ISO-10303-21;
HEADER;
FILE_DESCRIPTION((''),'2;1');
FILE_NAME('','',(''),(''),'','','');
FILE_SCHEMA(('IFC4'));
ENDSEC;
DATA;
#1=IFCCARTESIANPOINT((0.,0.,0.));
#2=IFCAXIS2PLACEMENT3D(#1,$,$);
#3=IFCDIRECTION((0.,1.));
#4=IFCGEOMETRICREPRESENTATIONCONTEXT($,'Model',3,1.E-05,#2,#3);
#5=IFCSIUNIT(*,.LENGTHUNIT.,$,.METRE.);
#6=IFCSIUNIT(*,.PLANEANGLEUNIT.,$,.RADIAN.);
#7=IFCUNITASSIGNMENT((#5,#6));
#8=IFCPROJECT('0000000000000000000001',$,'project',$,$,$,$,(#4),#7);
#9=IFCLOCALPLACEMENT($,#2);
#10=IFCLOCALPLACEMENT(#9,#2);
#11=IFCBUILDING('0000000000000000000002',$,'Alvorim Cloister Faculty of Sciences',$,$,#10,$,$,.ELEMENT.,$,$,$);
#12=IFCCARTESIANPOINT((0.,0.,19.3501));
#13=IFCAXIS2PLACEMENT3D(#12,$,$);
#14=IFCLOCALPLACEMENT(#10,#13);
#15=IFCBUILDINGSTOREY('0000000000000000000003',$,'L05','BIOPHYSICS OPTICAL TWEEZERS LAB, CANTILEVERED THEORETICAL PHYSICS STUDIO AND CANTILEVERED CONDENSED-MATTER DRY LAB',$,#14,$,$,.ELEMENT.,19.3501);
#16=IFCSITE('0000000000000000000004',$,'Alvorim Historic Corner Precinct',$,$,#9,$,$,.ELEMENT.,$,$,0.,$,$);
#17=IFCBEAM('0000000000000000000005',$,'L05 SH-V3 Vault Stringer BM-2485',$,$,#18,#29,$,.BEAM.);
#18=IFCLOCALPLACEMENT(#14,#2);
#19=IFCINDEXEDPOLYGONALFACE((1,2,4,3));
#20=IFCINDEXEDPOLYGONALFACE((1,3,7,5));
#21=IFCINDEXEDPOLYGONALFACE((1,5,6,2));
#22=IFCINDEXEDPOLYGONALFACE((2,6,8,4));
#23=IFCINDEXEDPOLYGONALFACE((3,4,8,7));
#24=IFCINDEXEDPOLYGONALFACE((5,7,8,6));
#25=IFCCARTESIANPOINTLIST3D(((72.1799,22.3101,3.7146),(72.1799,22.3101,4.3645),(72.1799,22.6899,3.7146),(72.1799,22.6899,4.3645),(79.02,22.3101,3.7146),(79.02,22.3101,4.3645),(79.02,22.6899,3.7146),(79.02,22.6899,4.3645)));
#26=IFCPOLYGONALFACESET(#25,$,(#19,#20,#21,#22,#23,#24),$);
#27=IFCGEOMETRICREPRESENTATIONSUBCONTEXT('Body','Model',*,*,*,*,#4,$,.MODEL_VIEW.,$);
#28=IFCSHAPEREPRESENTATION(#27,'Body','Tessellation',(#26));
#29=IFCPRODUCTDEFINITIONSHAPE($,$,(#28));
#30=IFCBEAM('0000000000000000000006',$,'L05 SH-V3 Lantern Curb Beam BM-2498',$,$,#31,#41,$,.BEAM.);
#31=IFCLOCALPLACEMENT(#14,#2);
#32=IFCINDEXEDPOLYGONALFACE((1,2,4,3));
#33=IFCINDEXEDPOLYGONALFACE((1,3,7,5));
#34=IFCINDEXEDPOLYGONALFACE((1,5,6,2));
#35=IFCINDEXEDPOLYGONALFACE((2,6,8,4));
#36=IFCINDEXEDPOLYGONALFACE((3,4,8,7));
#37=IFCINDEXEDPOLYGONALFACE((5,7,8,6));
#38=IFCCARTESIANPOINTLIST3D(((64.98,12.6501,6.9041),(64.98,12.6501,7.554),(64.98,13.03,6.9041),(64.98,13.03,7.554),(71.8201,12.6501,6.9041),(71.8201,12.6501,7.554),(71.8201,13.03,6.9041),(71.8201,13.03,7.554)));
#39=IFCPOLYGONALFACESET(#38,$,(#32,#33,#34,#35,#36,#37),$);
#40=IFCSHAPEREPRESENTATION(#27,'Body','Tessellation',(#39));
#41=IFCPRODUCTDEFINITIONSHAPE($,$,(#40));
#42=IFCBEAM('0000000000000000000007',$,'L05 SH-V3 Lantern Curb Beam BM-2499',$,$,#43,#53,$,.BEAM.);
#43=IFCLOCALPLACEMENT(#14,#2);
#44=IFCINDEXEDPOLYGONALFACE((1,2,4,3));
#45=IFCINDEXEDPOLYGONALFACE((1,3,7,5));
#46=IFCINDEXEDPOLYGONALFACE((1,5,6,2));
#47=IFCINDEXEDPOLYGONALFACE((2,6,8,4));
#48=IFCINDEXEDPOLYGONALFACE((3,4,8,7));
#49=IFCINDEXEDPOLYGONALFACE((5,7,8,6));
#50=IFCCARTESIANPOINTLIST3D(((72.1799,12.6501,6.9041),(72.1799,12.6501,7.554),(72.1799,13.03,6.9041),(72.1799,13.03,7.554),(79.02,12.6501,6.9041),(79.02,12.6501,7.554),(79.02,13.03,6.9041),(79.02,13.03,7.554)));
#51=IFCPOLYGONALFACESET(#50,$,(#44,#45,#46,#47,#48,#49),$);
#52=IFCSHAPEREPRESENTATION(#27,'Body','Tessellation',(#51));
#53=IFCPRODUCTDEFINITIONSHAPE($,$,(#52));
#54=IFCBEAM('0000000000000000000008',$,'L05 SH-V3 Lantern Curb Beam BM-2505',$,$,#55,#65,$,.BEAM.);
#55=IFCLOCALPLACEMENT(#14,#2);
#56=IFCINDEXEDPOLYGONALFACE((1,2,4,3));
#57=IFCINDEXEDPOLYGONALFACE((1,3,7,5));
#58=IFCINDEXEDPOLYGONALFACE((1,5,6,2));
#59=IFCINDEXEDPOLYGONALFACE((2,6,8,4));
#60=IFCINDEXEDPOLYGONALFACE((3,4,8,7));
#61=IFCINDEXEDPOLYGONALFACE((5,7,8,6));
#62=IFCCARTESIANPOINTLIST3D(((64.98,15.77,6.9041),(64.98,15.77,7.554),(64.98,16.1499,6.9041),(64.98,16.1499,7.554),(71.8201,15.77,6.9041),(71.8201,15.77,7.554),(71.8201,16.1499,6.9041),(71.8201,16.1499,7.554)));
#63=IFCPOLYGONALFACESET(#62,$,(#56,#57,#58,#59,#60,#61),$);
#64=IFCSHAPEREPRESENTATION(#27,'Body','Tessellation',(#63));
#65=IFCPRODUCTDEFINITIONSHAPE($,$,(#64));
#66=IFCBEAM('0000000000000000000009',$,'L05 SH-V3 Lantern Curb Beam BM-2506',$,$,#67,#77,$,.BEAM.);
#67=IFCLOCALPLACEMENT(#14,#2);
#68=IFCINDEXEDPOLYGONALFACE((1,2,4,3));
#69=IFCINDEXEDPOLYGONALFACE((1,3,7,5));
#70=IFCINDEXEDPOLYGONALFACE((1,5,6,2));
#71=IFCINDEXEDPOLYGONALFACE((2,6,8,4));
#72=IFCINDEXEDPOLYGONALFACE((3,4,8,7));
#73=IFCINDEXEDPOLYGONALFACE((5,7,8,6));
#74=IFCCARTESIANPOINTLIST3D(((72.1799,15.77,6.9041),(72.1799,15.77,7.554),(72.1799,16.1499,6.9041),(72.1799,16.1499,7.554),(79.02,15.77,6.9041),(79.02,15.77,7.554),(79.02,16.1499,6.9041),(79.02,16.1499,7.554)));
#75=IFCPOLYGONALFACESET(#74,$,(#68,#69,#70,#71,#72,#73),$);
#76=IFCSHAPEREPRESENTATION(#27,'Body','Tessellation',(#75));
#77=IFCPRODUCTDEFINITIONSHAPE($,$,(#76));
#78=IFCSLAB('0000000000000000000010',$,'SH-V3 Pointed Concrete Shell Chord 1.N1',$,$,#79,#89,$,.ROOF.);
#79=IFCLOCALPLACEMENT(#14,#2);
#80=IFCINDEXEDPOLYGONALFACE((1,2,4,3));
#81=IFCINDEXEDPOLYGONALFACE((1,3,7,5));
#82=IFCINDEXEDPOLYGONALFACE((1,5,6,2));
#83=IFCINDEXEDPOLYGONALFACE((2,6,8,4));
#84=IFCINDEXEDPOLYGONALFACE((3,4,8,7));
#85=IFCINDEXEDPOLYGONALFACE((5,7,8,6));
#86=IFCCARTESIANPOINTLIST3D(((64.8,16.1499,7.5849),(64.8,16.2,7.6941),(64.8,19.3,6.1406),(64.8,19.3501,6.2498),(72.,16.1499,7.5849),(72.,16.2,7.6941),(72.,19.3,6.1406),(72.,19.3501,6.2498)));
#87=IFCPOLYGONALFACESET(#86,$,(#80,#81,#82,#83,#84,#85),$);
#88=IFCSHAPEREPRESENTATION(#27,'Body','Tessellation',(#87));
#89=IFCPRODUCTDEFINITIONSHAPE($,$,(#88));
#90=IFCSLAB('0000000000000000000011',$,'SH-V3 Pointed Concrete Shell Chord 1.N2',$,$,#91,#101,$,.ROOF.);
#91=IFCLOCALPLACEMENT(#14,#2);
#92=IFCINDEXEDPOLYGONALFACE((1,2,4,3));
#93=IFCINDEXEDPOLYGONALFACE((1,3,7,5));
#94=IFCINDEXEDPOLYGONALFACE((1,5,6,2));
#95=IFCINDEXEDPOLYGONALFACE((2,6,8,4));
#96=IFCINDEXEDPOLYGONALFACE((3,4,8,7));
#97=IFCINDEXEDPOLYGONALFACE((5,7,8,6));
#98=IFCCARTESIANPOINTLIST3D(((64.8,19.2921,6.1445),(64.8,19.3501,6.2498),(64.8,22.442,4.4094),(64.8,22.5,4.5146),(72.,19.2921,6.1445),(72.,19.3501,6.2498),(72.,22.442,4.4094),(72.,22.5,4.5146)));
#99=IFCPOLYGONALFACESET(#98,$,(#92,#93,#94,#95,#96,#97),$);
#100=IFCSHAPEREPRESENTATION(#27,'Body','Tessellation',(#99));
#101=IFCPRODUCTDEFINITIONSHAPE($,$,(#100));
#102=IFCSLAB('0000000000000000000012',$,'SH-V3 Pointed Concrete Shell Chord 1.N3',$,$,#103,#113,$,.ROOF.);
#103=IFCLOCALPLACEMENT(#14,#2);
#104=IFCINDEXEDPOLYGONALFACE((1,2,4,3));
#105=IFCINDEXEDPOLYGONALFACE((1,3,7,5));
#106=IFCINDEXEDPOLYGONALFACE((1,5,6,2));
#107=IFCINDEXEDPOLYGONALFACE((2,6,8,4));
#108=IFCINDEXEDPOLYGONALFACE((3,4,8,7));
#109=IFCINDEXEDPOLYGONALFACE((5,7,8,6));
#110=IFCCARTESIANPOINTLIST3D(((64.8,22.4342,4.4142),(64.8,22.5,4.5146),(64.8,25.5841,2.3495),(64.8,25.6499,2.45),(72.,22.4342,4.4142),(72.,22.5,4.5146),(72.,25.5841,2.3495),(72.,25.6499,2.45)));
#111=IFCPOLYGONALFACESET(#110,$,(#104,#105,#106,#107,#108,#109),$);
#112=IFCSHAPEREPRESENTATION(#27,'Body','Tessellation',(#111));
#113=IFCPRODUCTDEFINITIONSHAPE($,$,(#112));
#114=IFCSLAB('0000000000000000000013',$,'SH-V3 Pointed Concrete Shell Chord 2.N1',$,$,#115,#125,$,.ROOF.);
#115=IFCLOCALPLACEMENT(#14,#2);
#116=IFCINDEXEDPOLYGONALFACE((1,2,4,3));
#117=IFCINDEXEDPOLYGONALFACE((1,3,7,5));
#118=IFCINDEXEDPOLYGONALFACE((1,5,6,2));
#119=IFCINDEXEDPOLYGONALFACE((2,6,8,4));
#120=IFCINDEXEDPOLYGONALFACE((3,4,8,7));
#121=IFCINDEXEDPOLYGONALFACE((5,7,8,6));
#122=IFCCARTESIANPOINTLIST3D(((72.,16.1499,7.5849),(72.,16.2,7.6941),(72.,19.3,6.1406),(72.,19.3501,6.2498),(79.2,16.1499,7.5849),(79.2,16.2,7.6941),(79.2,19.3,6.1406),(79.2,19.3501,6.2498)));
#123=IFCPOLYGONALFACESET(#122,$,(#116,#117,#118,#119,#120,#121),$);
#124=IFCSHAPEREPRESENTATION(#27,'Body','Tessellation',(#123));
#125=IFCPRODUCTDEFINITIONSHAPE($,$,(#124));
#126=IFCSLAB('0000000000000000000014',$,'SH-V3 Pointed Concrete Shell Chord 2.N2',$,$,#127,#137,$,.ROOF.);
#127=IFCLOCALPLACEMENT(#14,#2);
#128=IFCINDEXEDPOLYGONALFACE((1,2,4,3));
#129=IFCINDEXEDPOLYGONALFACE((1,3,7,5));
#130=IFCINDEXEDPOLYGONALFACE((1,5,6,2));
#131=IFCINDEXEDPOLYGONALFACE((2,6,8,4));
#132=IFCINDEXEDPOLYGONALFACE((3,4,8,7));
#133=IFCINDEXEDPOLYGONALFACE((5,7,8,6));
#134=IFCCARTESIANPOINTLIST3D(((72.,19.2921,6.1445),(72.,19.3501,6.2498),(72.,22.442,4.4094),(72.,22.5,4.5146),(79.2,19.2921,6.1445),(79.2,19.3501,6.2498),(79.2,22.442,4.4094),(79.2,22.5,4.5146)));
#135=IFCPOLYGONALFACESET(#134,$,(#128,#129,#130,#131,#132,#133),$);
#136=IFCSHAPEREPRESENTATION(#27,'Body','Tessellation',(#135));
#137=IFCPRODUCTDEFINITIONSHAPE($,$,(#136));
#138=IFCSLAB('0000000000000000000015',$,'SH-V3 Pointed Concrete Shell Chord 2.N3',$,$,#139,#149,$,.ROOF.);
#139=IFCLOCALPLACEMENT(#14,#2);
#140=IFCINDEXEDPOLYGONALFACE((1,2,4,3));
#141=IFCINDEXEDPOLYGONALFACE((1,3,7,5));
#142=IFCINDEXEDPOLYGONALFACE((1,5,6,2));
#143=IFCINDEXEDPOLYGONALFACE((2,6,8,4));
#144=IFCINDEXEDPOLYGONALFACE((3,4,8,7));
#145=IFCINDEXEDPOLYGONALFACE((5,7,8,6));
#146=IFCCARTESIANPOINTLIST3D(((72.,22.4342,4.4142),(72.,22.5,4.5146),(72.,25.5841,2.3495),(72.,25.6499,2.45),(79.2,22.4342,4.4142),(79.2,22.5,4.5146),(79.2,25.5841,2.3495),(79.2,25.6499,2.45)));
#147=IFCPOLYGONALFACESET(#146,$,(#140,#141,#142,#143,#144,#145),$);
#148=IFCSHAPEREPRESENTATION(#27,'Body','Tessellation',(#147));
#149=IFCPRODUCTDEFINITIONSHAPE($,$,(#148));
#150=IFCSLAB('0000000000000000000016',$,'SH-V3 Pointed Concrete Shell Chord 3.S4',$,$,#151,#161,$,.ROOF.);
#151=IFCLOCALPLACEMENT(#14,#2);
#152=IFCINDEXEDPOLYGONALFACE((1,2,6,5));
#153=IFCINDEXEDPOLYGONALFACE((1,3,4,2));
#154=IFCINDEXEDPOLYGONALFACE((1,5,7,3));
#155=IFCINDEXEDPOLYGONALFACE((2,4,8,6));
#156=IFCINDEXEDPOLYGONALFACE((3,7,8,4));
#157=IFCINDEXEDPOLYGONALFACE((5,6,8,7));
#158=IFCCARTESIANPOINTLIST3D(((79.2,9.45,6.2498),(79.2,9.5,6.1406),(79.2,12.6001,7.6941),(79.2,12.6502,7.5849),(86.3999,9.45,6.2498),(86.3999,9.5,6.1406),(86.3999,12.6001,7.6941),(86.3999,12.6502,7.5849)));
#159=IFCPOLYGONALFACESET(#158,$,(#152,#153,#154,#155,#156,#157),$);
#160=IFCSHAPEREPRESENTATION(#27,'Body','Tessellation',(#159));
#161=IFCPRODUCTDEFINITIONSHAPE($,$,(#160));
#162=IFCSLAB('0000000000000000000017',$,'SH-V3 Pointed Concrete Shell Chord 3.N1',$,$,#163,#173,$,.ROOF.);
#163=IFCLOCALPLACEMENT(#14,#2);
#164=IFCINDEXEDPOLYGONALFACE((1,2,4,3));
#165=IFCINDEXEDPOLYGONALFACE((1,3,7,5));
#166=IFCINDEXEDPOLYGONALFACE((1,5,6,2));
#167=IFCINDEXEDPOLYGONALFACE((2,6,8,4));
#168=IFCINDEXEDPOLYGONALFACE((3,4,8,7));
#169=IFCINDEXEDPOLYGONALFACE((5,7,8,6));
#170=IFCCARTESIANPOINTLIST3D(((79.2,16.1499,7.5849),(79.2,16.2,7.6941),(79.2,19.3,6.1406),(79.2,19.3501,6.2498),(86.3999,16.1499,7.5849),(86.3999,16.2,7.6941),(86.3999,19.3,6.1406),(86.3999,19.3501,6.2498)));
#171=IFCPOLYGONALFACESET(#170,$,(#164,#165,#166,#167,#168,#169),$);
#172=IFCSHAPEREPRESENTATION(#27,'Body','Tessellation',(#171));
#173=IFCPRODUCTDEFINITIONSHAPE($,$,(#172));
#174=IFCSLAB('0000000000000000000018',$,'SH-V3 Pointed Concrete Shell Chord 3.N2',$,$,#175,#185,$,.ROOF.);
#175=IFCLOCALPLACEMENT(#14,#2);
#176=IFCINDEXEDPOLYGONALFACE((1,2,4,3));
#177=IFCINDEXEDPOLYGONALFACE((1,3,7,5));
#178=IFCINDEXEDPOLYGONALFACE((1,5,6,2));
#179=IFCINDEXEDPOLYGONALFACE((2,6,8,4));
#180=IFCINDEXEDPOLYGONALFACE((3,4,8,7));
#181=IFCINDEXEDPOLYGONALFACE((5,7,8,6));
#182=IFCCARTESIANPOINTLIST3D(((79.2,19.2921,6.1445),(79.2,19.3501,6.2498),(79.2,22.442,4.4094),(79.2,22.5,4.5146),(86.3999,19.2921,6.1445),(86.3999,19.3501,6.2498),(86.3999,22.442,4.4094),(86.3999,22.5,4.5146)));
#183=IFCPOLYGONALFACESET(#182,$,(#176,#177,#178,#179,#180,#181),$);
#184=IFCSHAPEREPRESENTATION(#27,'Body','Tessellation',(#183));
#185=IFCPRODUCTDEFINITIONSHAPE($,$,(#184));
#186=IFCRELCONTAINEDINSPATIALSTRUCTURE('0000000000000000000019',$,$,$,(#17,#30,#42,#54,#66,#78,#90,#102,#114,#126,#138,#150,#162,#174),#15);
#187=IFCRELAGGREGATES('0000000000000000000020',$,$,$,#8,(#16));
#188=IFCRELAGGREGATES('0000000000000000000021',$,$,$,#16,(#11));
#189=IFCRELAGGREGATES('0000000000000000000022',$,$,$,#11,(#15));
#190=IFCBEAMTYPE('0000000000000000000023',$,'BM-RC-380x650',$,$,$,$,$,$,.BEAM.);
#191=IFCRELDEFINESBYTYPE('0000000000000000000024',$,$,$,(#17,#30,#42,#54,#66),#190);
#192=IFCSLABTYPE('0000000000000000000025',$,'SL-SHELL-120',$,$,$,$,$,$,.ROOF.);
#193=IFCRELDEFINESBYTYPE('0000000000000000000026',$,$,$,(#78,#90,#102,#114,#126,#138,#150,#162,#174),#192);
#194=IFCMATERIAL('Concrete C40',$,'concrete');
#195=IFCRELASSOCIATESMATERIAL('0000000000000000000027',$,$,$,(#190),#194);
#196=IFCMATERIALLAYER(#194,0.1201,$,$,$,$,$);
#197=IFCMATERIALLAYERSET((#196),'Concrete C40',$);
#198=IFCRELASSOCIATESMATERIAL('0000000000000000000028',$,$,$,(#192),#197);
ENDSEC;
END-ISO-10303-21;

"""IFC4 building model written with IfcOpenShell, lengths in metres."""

from ifc_helpers import new_model, si_unit, direction, frame, origin, origin_2d, place, context, subcontext, project, spatial, polyline, rectangle, outline, extrude, material, layer, layer_set, material_profile, profile_set, type_object, element, save


model = new_model("IFC4")

# Units and contexts
model_context = context("Model", 3, precision=1e-05, world=origin(), true_north=direction((0.0, 1.0)))
body_context = subcontext(model_context, "Body", "Model", "MODEL_VIEW")
ifc_project = project(units=[si_unit("LENGTHUNIT", "METRE"), si_unit("PLANEANGLEUNIT", "RADIAN")], contexts=[model_context])

# Site, building, storey
site_placement = place(None, origin())
site = spatial("IfcSite", under=ifc_project, at=site_placement, Name="Alvorim Historic Corner Precinct", CompositionType="ELEMENT", RefElevation=0.0)
building_placement = place(site_placement, origin())
building = spatial("IfcBuilding", under=site, at=building_placement, Name="Alvorim Cloister Faculty of Sciences", CompositionType="ELEMENT")
storey_placement = place(building_placement, frame((0.0, 0.0, 19.3501)))
storey = spatial("IfcBuildingStorey", under=building, at=storey_placement, Name="L05", Description="BIOPHYSICS OPTICAL TWEEZERS LAB, CANTILEVERED THEORETICAL PHYSICS STUDIO AND CANTILEVERED CONDENSED-MATTER DRY LAB", CompositionType="ELEMENT", Elevation=19.3501)

# Beams
ifc_material = material(Name="Concrete C40", Category="concrete")
ifc_material_profile_1 = material_profile(ifc_material, rectangle(XDim=0.3799, YDim=0.6499, at=origin_2d()), Name="RC40-BM-380x650")
ifc_profile_set_1 = profile_set([ifc_material_profile_1], Name="Concrete C40")
beam_type_1 = type_object("IfcBeamType", Name="BM-RC-380x650", PredefinedType="BEAM", material=ifc_profile_set_1)
for number, where, z_axis, x_axis, name in (
    (1, (72.1799, 22.5, 4.0396), (1.0, 0.0, 0.0), (0.0, 1.0, 0.0), "L05 SH-V3 Vault Stringer BM-2485"),
    (2, (64.98, 12.8401, 7.229), (1.0, 0.0, 0.0), (0.0, 1.0, 0.0), "L05 SH-V3 Lantern Curb Beam BM-2498"),
    (3, (72.1799, 12.8401, 7.229), (1.0, 0.0, 0.0), (0.0, 1.0, 0.0), "L05 SH-V3 Lantern Curb Beam BM-2499"),
    (4, (64.98, 15.96, 7.229), (1.0, 0.0, 0.0), (0.0, 1.0, 0.0), "L05 SH-V3 Lantern Curb Beam BM-2505"),
    (5, (72.1799, 15.96, 7.229), (1.0, 0.0, 0.0), (0.0, 1.0, 0.0), "L05 SH-V3 Lantern Curb Beam BM-2506"),
):
    element("IfcBeam", number, at=place(storey_placement, frame(where, z_axis=z_axis, x_axis=x_axis)), inside=storey, type_object=beam_type_1, Name=name, PredefinedType="BEAM", context=body_context, shape_type="SweptSolid", body=[
        extrude(rectangle(XDim=0.3799, YDim=0.6499, at=origin_2d()), origin(), (0.0, 0.0, 1.0), 6.8401),
    ])

# Slabs
ifc_layer = layer(ifc_material, 0.1201)
ifc_layer_set = layer_set([ifc_layer], Name="Concrete C40")
slab_type = type_object("IfcSlabType", Name="SL-SHELL-120", PredefinedType="ROOF", material=ifc_layer_set)
slab_1_placement = place(storey_placement, frame((64.8, 16.2, 7.6941), z_axis=(0.0, 0.416778, 0.909008), x_axis=(1.0, 0.0, 0.0)))
element("IfcSlab", 6, at=slab_1_placement, inside=storey, type_object=slab_type, Name="SH-V3 Pointed Concrete Shell Chord 1.N1", PredefinedType="ROOF", context=body_context, shape_type="SweptSolid", body=[
    extrude(outline(polyline([(0.0, 0.0), (7.2, 0.0), (7.2, 3.4655), (0.0, 3.4655), (0.0, 0.0)])), origin(), (0.0, 0.0, -1.0), 0.1201),
])
slab_2_placement = place(storey_placement, frame((64.8, 19.3501, 6.2498), z_axis=(0.0, 0.482487, 0.875903), x_axis=(1.0, 0.0, 0.0)))
element("IfcSlab", 7, at=slab_2_placement, inside=storey, type_object=slab_type, Name="SH-V3 Pointed Concrete Shell Chord 1.N2", PredefinedType="ROOF", context=body_context, shape_type="SweptSolid", body=[
    extrude(outline(polyline([(0.0, 0.0), (7.2, 0.0), (7.2, 3.5962), (0.0, 3.5962), (0.0, 0.0)])), origin(), (0.0, 0.0, -1.0), 0.1201),
])
slab_3_placement = place(storey_placement, frame((64.8, 22.5, 4.5146), z_axis=(0.0, 0.548206, 0.836343), x_axis=(1.0, 0.0, 0.0)))
element("IfcSlab", 8, at=slab_3_placement, inside=storey, type_object=slab_type, Name="SH-V3 Pointed Concrete Shell Chord 1.N3", PredefinedType="ROOF", context=body_context, shape_type="SweptSolid", body=[
    extrude(outline(polyline([(0.0, 0.0), (7.2, 0.0), (7.2, 3.7663), (0.0, 3.7663), (0.0, 0.0)])), origin(), (0.0, 0.0, -1.0), 0.1201),
])
slab_4_placement = place(storey_placement, frame((72.0, 16.2, 7.6941), z_axis=(0.0, 0.416778, 0.909008), x_axis=(1.0, 0.0, 0.0)))
element("IfcSlab", 9, at=slab_4_placement, inside=storey, type_object=slab_type, Name="SH-V3 Pointed Concrete Shell Chord 2.N1", PredefinedType="ROOF", context=body_context, shape_type="SweptSolid", body=[
    extrude(outline(polyline([(0.0, 0.0), (7.2, 0.0), (7.2, 3.4655), (0.0, 3.4655), (0.0, 0.0)])), origin(), (0.0, 0.0, -1.0), 0.1201),
])
slab_5_placement = place(storey_placement, frame((72.0, 19.3501, 6.2498), z_axis=(0.0, 0.482487, 0.875903), x_axis=(1.0, 0.0, 0.0)))
element("IfcSlab", 10, at=slab_5_placement, inside=storey, type_object=slab_type, Name="SH-V3 Pointed Concrete Shell Chord 2.N2", PredefinedType="ROOF", context=body_context, shape_type="SweptSolid", body=[
    extrude(outline(polyline([(0.0, 0.0), (7.2, 0.0), (7.2, 3.5962), (0.0, 3.5962), (0.0, 0.0)])), origin(), (0.0, 0.0, -1.0), 0.1201),
])
slab_6_placement = place(storey_placement, frame((72.0, 22.5, 4.5146), z_axis=(0.0, 0.548206, 0.836343), x_axis=(1.0, 0.0, 0.0)))
element("IfcSlab", 11, at=slab_6_placement, inside=storey, type_object=slab_type, Name="SH-V3 Pointed Concrete Shell Chord 2.N3", PredefinedType="ROOF", context=body_context, shape_type="SweptSolid", body=[
    extrude(outline(polyline([(0.0, 0.0), (7.2, 0.0), (7.2, 3.7663), (0.0, 3.7663), (0.0, 0.0)])), origin(), (0.0, 0.0, -1.0), 0.1201),
])
for number, where, z_axis, x_axis, name in (
    (12, (79.2, 9.45, 6.2498), (0.0, -0.416778, 0.909008), (1.0, 0.0, 0.0), "SH-V3 Pointed Concrete Shell Chord 3.S4"),
    (13, (79.2, 16.2, 7.6941), (0.0, 0.416778, 0.909008), (1.0, 0.0, 0.0), "SH-V3 Pointed Concrete Shell Chord 3.N1"),
):
    element("IfcSlab", number, at=place(storey_placement, frame(where, z_axis=z_axis, x_axis=x_axis)), inside=storey, type_object=slab_type, Name=name, PredefinedType="ROOF", context=body_context, shape_type="SweptSolid", body=[
        extrude(outline(polyline([(0.0, 0.0), (7.2, 0.0), (7.2, 3.4655), (0.0, 3.4655), (0.0, 0.0)])), origin(), (0.0, 0.0, -1.0), 0.1201),
    ])
slab_7_placement = place(storey_placement, frame((79.2, 19.3501, 6.2498), z_axis=(0.0, 0.482487, 0.875903), x_axis=(1.0, 0.0, 0.0)))
element("IfcSlab", 14, at=slab_7_placement, inside=storey, type_object=slab_type, Name="SH-V3 Pointed Concrete Shell Chord 3.N2", PredefinedType="ROOF", context=body_context, shape_type="SweptSolid", body=[
    extrude(outline(polyline([(0.0, 0.0), (7.2, 0.0), (7.2, 3.5962), (0.0, 3.5962), (0.0, 0.0)])), origin(), (0.0, 0.0, -1.0), 0.1201),
])

save(model, "model.ifc")
